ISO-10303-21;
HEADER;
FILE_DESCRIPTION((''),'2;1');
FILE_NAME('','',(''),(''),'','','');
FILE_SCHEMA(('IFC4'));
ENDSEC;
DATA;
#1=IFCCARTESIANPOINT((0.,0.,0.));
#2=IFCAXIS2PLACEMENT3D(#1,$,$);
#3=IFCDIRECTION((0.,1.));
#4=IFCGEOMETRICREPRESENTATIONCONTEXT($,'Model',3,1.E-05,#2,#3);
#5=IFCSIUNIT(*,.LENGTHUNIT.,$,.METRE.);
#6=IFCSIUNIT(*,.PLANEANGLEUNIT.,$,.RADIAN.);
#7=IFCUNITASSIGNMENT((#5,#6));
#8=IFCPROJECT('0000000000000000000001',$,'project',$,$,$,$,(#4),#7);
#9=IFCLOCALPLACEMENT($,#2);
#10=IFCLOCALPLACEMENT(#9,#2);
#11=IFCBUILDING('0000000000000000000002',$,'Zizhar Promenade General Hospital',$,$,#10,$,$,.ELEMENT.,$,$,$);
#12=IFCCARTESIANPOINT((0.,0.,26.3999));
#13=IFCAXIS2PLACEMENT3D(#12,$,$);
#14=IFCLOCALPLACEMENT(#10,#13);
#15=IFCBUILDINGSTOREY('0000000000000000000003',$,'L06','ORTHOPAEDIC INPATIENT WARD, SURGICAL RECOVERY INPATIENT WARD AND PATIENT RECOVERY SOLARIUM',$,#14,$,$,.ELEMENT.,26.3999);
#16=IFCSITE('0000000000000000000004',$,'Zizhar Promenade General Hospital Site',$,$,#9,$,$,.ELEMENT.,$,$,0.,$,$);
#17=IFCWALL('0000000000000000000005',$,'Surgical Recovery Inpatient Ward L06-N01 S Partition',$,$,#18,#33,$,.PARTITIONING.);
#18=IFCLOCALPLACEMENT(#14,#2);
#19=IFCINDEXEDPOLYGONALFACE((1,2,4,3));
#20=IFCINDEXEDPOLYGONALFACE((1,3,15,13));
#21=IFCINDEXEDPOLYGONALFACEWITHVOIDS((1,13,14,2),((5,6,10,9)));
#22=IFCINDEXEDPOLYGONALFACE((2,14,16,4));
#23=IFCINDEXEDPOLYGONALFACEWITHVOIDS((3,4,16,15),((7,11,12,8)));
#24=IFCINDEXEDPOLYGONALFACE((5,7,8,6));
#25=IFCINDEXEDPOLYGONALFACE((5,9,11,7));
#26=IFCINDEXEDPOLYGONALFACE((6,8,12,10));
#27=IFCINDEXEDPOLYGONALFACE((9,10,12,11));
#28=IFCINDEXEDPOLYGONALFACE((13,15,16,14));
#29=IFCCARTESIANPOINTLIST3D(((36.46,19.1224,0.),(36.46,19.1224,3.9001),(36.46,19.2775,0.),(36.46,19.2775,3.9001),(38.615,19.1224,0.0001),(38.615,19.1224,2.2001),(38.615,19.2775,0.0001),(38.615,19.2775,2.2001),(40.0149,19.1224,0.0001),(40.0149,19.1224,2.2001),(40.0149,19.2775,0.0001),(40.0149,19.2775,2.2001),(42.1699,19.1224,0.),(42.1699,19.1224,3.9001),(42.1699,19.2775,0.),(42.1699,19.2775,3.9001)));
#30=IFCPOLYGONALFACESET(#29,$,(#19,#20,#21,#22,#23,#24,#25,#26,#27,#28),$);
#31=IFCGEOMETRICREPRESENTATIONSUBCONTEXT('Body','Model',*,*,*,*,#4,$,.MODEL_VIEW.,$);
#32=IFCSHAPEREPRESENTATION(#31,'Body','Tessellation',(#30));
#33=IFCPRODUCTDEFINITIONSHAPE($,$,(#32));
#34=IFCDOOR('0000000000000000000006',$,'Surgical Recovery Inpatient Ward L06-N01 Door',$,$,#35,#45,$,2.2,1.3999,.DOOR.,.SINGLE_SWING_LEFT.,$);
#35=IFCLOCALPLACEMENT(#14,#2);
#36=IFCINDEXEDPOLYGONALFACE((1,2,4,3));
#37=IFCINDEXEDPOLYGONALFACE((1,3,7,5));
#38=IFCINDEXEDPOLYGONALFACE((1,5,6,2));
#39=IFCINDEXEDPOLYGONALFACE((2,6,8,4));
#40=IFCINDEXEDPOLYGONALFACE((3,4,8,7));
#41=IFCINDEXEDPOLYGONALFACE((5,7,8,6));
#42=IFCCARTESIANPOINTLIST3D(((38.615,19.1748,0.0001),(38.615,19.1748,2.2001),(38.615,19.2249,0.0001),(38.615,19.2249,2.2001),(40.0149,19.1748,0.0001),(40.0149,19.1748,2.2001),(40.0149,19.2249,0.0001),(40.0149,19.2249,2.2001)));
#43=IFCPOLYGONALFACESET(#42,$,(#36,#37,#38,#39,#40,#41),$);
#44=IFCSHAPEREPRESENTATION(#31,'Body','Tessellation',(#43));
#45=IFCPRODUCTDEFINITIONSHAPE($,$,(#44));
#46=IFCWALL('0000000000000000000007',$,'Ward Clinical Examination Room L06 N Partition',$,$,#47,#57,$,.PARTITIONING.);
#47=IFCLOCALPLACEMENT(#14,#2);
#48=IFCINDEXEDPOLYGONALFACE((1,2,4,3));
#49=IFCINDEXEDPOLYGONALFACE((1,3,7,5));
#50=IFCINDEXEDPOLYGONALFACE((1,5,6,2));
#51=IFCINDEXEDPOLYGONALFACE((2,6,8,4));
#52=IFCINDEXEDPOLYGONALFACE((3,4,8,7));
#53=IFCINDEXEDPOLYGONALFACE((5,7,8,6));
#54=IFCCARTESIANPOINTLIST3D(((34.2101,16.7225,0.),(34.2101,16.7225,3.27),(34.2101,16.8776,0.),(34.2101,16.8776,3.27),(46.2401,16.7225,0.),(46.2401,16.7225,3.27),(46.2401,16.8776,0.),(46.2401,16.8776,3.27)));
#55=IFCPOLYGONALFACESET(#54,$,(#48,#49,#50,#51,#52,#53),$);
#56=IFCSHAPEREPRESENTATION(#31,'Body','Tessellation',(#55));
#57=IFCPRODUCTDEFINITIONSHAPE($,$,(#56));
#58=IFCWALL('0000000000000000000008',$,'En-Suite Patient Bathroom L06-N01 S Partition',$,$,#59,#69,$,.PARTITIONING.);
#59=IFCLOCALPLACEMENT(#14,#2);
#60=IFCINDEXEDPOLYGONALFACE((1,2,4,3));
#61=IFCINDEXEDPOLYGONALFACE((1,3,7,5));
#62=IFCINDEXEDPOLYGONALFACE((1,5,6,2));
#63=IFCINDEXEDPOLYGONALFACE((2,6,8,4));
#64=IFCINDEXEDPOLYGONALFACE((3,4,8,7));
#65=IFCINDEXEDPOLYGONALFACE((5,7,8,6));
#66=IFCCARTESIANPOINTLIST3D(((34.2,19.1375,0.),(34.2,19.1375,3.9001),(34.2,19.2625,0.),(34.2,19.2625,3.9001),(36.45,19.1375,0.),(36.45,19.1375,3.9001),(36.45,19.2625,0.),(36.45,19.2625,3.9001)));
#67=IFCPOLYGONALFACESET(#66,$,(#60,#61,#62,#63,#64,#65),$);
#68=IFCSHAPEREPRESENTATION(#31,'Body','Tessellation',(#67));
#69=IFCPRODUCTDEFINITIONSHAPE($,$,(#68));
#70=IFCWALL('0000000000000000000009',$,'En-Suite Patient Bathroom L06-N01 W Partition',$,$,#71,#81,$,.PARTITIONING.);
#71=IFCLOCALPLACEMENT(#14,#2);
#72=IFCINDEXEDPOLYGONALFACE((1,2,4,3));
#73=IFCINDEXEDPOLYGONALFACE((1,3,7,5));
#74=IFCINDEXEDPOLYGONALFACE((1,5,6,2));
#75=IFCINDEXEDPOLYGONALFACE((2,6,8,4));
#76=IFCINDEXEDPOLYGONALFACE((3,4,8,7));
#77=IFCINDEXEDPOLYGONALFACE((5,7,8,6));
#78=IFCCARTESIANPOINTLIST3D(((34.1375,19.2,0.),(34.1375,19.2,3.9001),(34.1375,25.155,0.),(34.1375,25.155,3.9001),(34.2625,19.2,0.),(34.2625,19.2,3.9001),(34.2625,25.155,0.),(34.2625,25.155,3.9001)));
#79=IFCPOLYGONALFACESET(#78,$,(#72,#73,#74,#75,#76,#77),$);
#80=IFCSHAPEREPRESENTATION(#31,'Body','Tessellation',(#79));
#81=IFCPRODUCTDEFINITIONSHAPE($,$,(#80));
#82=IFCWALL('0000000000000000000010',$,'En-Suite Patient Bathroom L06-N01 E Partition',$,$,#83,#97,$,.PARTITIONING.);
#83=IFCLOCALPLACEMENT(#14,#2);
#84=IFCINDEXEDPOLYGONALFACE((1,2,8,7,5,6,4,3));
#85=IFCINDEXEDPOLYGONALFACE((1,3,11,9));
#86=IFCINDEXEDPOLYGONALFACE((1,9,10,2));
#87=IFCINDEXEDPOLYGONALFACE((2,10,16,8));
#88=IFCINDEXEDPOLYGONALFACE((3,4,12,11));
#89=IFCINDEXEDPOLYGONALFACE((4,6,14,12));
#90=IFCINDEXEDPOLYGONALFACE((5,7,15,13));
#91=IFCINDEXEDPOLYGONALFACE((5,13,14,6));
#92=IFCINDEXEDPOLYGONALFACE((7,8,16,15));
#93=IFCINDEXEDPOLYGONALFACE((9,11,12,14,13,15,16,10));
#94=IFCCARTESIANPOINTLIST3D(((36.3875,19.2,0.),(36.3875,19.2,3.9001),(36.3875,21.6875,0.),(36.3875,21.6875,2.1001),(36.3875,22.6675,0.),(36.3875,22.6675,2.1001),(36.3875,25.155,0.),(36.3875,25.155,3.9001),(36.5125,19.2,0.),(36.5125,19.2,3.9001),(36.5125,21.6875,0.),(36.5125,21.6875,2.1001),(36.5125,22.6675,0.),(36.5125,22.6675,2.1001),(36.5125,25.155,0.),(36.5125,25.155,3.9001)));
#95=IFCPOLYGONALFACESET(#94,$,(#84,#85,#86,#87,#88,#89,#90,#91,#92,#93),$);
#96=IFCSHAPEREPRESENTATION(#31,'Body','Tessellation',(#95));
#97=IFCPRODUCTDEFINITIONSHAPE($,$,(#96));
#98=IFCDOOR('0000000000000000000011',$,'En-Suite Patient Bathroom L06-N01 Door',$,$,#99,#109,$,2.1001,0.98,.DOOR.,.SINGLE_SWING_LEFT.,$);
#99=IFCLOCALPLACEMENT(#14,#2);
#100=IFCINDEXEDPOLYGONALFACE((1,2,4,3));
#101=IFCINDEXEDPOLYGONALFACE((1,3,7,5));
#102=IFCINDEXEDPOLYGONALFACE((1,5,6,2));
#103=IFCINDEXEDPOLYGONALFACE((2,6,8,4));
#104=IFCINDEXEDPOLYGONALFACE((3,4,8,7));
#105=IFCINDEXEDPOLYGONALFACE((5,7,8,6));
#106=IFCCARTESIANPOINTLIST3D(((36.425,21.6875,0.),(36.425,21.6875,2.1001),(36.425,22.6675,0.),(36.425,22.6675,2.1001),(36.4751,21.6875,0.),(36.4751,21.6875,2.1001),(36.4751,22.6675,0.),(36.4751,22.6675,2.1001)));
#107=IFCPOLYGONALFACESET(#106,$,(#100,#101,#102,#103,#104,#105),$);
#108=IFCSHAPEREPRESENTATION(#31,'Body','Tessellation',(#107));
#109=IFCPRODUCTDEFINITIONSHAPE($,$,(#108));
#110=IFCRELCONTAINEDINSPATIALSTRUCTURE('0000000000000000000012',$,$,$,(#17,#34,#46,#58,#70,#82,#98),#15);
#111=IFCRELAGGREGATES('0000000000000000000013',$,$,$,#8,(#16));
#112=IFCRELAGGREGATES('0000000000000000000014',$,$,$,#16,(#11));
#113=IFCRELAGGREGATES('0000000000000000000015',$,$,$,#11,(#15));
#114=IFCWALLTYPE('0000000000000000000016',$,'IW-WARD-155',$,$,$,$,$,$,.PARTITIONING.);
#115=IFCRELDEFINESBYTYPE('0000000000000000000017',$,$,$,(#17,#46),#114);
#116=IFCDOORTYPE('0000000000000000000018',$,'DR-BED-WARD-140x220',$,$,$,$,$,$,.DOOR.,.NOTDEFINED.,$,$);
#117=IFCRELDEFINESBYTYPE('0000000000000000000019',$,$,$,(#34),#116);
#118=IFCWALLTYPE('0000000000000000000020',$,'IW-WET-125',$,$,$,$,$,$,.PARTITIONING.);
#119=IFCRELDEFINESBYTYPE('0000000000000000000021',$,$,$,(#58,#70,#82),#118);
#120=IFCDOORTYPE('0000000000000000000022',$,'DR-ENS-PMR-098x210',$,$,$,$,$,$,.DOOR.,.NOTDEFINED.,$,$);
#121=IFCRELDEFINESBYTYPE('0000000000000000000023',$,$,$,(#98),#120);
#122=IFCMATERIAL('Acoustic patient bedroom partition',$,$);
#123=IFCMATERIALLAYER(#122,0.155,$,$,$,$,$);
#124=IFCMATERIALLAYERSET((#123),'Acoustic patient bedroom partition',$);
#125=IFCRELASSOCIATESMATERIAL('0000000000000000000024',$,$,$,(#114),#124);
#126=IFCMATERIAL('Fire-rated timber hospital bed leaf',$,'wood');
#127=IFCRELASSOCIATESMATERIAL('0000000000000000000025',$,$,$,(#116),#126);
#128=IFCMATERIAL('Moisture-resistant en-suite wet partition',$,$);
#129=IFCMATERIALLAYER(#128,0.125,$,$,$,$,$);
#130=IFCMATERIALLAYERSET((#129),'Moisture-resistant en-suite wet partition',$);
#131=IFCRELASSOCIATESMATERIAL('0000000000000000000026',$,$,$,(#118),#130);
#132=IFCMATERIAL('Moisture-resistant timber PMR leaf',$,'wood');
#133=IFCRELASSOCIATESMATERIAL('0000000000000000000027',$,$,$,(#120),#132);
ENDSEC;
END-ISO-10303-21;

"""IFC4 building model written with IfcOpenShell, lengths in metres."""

from ifc_helpers import new_model, si_unit, direction, frame, frame_2d, origin, place, context, subcontext, project, spatial, rectangle, extrude, material, layer, layer_set, type_object, element, fill, save


model = new_model("IFC4")

# Units and contexts
model_context = context("Model", 3, precision=1e-05, world=origin(), true_north=direction((0.0, 1.0)))
body_context = subcontext(model_context, "Body", "Model", "MODEL_VIEW")
ifc_project = project(units=[si_unit("LENGTHUNIT", "METRE"), si_unit("PLANEANGLEUNIT", "RADIAN")], contexts=[model_context])

# Site, building, storey
site_placement = place(None, origin())
site = spatial("IfcSite", under=ifc_project, at=site_placement, Name="Zizhar Promenade General Hospital Site", CompositionType="ELEMENT", RefElevation=0.0)
building_placement = place(site_placement, origin())
building = spatial("IfcBuilding", under=site, at=building_placement, Name="Zizhar Promenade General Hospital", CompositionType="ELEMENT")
storey_placement = place(building_placement, frame((0.0, 0.0, 26.3999)))
storey = spatial("IfcBuildingStorey", under=building, at=storey_placement, Name="L06", Description="ORTHOPAEDIC INPATIENT WARD, SURGICAL RECOVERY INPATIENT WARD AND PATIENT RECOVERY SOLARIUM", CompositionType="ELEMENT", Elevation=26.3999)

# Wall, opening, door
ifc_material_1 = material(Name="Acoustic patient bedroom partition")
ifc_layer_1 = layer(ifc_material_1, 0.155)
ifc_layer_set_1 = layer_set([ifc_layer_1], Name="Acoustic patient bedroom partition")
wall_type_1 = type_object("IfcWallType", Name="IW-WARD-155", PredefinedType="PARTITIONING", material=ifc_layer_set_1)
wall_1_placement = place(storey_placement, frame((36.46, 19.2, 0.0), z_axis=(0.0, 0.0, 1.0), x_axis=(1.0, 0.0, 0.0)))
wall_1 = element("IfcWall", 1, at=wall_1_placement, inside=storey, type_object=wall_type_1, Name="Surgical Recovery Inpatient Ward L06-N01 S Partition", PredefinedType="PARTITIONING", context=body_context, shape_type="SweptSolid", body=[
    extrude(rectangle(XDim=5.71, YDim=0.155, at=frame_2d((2.855, 0.0))), origin(), (0.0, 0.0, 1.0), 3.9001),
])
opening_1_placement = place(wall_1_placement, frame((2.155, 0.0, 0.0)))
opening_1 = element("IfcOpeningElement", 2, at=opening_1_placement, cuts=wall_1, PredefinedType="OPENING", context=body_context, shape_type="SweptSolid", body=[
    extrude(rectangle(XDim=1.3999, YDim=2.2, at=frame_2d((0.7, 1.1001))), frame((0.0, 0.0874, 0.0), z_axis=(0.0, -1.0, 0.0), x_axis=(1.0, 0.0, 0.0)), (0.0, 0.0, 1.0), 0.175),
])
ifc_material_2 = material(Name="Fire-rated timber hospital bed leaf", Category="wood")
door_type_1 = type_object("IfcDoorType", Name="DR-BED-WARD-140x220", OperationType="NOTDEFINED", PredefinedType="DOOR", material=ifc_material_2)
door_1_placement = place(opening_1_placement, origin())
door_1 = element("IfcDoor", 3, at=door_1_placement, inside=storey, type_object=door_type_1, Name="Surgical Recovery Inpatient Ward L06-N01 Door", OperationType="SINGLE_SWING_LEFT", OverallHeight=2.2, OverallWidth=1.3999, PredefinedType="DOOR", context=body_context, shape_type="SweptSolid", body=[
    extrude(rectangle(XDim=1.3999, YDim=2.2, at=frame_2d((0.7, 1.1001))), frame((0.0, 0.0249, 0.0), z_axis=(0.0, -1.0, 0.0), x_axis=(1.0, 0.0, 0.0)), (0.0, 0.0, 1.0), 0.05),
])
fill(opening_1, door_1)

# Walls
wall_2_placement = place(storey_placement, frame((34.21, 16.8, 0.0), z_axis=(0.0, 0.0, 1.0), x_axis=(1.0, 0.0, 0.0)))
element("IfcWall", 4, at=wall_2_placement, inside=storey, type_object=wall_type_1, Name="Ward Clinical Examination Room L06 N Partition", PredefinedType="PARTITIONING", context=body_context, shape_type="SweptSolid", body=[
    extrude(rectangle(XDim=12.03, YDim=0.155, at=frame_2d((6.0151, 0.0))), origin(), (0.0, 0.0, 1.0), 3.27),
])
ifc_material_3 = material(Name="Moisture-resistant en-suite wet partition")
ifc_layer_2 = layer(ifc_material_3, 0.125)
ifc_layer_set_2 = layer_set([ifc_layer_2], Name="Moisture-resistant en-suite wet partition")
wall_type_2 = type_object("IfcWallType", Name="IW-WET-125", PredefinedType="PARTITIONING", material=ifc_layer_set_2)
wall_3_placement = place(storey_placement, frame((34.2, 19.2, 0.0), z_axis=(0.0, 0.0, 1.0), x_axis=(1.0, 0.0, 0.0)))
element("IfcWall", 5, at=wall_3_placement, inside=storey, type_object=wall_type_2, Name="En-Suite Patient Bathroom L06-N01 S Partition", PredefinedType="PARTITIONING", context=body_context, shape_type="SweptSolid", body=[
    extrude(rectangle(XDim=2.25, YDim=0.125, at=frame_2d((1.125, 0.0))), origin(), (0.0, 0.0, 1.0), 3.9001),
])
wall_4_placement = place(storey_placement, frame((34.2, 19.2, 0.0), z_axis=(0.0, 0.0, 1.0), x_axis=(0.0, 1.0, 0.0)))
element("IfcWall", 6, at=wall_4_placement, inside=storey, type_object=wall_type_2, Name="En-Suite Patient Bathroom L06-N01 W Partition", PredefinedType="PARTITIONING", context=body_context, shape_type="SweptSolid", body=[
    extrude(rectangle(XDim=5.9551, YDim=0.125, at=frame_2d((2.9775, 0.0))), origin(), (0.0, 0.0, 1.0), 3.9001),
])

# Wall, opening, door
wall_5_placement = place(storey_placement, frame((36.45, 19.2, 0.0), z_axis=(0.0, 0.0, 1.0), x_axis=(0.0, 1.0, 0.0)))
wall_5 = element("IfcWall", 7, at=wall_5_placement, inside=storey, type_object=wall_type_2, Name="En-Suite Patient Bathroom L06-N01 E Partition", PredefinedType="PARTITIONING", context=body_context, shape_type="SweptSolid", body=[
    extrude(rectangle(XDim=5.9551, YDim=0.125, at=frame_2d((2.9775, 0.0))), origin(), (0.0, 0.0, 1.0), 3.9001),
])
opening_2_placement = place(wall_5_placement, frame((2.4875, 0.0, 0.0)))
opening_2 = element("IfcOpeningElement", 8, at=opening_2_placement, cuts=wall_5, PredefinedType="OPENING", context=body_context, shape_type="SweptSolid", body=[
    extrude(rectangle(XDim=0.98, YDim=2.1001, at=frame_2d((0.49, 1.05))), frame((0.0, 0.0725, 0.0), z_axis=(0.0, -1.0, 0.0), x_axis=(1.0, 0.0, 0.0)), (0.0, 0.0, 1.0), 0.145),
])
ifc_material_4 = material(Name="Moisture-resistant timber PMR leaf", Category="wood")
door_type_2 = type_object("IfcDoorType", Name="DR-ENS-PMR-098x210", OperationType="NOTDEFINED", PredefinedType="DOOR", material=ifc_material_4)
door_2_placement = place(opening_2_placement, origin())
door_2 = element("IfcDoor", 9, at=door_2_placement, inside=storey, type_object=door_type_2, Name="En-Suite Patient Bathroom L06-N01 Door", OperationType="SINGLE_SWING_LEFT", OverallHeight=2.1001, OverallWidth=0.98, PredefinedType="DOOR", context=body_context, shape_type="SweptSolid", body=[
    extrude(rectangle(XDim=0.98, YDim=2.1001, at=frame_2d((0.49, 1.05))), frame((0.0, 0.0249, 0.0), z_axis=(0.0, -1.0, 0.0), x_axis=(1.0, 0.0, 0.0)), (0.0, 0.0, 1.0), 0.05),
])
fill(opening_2, door_2)

save(model, "model.ifc")
